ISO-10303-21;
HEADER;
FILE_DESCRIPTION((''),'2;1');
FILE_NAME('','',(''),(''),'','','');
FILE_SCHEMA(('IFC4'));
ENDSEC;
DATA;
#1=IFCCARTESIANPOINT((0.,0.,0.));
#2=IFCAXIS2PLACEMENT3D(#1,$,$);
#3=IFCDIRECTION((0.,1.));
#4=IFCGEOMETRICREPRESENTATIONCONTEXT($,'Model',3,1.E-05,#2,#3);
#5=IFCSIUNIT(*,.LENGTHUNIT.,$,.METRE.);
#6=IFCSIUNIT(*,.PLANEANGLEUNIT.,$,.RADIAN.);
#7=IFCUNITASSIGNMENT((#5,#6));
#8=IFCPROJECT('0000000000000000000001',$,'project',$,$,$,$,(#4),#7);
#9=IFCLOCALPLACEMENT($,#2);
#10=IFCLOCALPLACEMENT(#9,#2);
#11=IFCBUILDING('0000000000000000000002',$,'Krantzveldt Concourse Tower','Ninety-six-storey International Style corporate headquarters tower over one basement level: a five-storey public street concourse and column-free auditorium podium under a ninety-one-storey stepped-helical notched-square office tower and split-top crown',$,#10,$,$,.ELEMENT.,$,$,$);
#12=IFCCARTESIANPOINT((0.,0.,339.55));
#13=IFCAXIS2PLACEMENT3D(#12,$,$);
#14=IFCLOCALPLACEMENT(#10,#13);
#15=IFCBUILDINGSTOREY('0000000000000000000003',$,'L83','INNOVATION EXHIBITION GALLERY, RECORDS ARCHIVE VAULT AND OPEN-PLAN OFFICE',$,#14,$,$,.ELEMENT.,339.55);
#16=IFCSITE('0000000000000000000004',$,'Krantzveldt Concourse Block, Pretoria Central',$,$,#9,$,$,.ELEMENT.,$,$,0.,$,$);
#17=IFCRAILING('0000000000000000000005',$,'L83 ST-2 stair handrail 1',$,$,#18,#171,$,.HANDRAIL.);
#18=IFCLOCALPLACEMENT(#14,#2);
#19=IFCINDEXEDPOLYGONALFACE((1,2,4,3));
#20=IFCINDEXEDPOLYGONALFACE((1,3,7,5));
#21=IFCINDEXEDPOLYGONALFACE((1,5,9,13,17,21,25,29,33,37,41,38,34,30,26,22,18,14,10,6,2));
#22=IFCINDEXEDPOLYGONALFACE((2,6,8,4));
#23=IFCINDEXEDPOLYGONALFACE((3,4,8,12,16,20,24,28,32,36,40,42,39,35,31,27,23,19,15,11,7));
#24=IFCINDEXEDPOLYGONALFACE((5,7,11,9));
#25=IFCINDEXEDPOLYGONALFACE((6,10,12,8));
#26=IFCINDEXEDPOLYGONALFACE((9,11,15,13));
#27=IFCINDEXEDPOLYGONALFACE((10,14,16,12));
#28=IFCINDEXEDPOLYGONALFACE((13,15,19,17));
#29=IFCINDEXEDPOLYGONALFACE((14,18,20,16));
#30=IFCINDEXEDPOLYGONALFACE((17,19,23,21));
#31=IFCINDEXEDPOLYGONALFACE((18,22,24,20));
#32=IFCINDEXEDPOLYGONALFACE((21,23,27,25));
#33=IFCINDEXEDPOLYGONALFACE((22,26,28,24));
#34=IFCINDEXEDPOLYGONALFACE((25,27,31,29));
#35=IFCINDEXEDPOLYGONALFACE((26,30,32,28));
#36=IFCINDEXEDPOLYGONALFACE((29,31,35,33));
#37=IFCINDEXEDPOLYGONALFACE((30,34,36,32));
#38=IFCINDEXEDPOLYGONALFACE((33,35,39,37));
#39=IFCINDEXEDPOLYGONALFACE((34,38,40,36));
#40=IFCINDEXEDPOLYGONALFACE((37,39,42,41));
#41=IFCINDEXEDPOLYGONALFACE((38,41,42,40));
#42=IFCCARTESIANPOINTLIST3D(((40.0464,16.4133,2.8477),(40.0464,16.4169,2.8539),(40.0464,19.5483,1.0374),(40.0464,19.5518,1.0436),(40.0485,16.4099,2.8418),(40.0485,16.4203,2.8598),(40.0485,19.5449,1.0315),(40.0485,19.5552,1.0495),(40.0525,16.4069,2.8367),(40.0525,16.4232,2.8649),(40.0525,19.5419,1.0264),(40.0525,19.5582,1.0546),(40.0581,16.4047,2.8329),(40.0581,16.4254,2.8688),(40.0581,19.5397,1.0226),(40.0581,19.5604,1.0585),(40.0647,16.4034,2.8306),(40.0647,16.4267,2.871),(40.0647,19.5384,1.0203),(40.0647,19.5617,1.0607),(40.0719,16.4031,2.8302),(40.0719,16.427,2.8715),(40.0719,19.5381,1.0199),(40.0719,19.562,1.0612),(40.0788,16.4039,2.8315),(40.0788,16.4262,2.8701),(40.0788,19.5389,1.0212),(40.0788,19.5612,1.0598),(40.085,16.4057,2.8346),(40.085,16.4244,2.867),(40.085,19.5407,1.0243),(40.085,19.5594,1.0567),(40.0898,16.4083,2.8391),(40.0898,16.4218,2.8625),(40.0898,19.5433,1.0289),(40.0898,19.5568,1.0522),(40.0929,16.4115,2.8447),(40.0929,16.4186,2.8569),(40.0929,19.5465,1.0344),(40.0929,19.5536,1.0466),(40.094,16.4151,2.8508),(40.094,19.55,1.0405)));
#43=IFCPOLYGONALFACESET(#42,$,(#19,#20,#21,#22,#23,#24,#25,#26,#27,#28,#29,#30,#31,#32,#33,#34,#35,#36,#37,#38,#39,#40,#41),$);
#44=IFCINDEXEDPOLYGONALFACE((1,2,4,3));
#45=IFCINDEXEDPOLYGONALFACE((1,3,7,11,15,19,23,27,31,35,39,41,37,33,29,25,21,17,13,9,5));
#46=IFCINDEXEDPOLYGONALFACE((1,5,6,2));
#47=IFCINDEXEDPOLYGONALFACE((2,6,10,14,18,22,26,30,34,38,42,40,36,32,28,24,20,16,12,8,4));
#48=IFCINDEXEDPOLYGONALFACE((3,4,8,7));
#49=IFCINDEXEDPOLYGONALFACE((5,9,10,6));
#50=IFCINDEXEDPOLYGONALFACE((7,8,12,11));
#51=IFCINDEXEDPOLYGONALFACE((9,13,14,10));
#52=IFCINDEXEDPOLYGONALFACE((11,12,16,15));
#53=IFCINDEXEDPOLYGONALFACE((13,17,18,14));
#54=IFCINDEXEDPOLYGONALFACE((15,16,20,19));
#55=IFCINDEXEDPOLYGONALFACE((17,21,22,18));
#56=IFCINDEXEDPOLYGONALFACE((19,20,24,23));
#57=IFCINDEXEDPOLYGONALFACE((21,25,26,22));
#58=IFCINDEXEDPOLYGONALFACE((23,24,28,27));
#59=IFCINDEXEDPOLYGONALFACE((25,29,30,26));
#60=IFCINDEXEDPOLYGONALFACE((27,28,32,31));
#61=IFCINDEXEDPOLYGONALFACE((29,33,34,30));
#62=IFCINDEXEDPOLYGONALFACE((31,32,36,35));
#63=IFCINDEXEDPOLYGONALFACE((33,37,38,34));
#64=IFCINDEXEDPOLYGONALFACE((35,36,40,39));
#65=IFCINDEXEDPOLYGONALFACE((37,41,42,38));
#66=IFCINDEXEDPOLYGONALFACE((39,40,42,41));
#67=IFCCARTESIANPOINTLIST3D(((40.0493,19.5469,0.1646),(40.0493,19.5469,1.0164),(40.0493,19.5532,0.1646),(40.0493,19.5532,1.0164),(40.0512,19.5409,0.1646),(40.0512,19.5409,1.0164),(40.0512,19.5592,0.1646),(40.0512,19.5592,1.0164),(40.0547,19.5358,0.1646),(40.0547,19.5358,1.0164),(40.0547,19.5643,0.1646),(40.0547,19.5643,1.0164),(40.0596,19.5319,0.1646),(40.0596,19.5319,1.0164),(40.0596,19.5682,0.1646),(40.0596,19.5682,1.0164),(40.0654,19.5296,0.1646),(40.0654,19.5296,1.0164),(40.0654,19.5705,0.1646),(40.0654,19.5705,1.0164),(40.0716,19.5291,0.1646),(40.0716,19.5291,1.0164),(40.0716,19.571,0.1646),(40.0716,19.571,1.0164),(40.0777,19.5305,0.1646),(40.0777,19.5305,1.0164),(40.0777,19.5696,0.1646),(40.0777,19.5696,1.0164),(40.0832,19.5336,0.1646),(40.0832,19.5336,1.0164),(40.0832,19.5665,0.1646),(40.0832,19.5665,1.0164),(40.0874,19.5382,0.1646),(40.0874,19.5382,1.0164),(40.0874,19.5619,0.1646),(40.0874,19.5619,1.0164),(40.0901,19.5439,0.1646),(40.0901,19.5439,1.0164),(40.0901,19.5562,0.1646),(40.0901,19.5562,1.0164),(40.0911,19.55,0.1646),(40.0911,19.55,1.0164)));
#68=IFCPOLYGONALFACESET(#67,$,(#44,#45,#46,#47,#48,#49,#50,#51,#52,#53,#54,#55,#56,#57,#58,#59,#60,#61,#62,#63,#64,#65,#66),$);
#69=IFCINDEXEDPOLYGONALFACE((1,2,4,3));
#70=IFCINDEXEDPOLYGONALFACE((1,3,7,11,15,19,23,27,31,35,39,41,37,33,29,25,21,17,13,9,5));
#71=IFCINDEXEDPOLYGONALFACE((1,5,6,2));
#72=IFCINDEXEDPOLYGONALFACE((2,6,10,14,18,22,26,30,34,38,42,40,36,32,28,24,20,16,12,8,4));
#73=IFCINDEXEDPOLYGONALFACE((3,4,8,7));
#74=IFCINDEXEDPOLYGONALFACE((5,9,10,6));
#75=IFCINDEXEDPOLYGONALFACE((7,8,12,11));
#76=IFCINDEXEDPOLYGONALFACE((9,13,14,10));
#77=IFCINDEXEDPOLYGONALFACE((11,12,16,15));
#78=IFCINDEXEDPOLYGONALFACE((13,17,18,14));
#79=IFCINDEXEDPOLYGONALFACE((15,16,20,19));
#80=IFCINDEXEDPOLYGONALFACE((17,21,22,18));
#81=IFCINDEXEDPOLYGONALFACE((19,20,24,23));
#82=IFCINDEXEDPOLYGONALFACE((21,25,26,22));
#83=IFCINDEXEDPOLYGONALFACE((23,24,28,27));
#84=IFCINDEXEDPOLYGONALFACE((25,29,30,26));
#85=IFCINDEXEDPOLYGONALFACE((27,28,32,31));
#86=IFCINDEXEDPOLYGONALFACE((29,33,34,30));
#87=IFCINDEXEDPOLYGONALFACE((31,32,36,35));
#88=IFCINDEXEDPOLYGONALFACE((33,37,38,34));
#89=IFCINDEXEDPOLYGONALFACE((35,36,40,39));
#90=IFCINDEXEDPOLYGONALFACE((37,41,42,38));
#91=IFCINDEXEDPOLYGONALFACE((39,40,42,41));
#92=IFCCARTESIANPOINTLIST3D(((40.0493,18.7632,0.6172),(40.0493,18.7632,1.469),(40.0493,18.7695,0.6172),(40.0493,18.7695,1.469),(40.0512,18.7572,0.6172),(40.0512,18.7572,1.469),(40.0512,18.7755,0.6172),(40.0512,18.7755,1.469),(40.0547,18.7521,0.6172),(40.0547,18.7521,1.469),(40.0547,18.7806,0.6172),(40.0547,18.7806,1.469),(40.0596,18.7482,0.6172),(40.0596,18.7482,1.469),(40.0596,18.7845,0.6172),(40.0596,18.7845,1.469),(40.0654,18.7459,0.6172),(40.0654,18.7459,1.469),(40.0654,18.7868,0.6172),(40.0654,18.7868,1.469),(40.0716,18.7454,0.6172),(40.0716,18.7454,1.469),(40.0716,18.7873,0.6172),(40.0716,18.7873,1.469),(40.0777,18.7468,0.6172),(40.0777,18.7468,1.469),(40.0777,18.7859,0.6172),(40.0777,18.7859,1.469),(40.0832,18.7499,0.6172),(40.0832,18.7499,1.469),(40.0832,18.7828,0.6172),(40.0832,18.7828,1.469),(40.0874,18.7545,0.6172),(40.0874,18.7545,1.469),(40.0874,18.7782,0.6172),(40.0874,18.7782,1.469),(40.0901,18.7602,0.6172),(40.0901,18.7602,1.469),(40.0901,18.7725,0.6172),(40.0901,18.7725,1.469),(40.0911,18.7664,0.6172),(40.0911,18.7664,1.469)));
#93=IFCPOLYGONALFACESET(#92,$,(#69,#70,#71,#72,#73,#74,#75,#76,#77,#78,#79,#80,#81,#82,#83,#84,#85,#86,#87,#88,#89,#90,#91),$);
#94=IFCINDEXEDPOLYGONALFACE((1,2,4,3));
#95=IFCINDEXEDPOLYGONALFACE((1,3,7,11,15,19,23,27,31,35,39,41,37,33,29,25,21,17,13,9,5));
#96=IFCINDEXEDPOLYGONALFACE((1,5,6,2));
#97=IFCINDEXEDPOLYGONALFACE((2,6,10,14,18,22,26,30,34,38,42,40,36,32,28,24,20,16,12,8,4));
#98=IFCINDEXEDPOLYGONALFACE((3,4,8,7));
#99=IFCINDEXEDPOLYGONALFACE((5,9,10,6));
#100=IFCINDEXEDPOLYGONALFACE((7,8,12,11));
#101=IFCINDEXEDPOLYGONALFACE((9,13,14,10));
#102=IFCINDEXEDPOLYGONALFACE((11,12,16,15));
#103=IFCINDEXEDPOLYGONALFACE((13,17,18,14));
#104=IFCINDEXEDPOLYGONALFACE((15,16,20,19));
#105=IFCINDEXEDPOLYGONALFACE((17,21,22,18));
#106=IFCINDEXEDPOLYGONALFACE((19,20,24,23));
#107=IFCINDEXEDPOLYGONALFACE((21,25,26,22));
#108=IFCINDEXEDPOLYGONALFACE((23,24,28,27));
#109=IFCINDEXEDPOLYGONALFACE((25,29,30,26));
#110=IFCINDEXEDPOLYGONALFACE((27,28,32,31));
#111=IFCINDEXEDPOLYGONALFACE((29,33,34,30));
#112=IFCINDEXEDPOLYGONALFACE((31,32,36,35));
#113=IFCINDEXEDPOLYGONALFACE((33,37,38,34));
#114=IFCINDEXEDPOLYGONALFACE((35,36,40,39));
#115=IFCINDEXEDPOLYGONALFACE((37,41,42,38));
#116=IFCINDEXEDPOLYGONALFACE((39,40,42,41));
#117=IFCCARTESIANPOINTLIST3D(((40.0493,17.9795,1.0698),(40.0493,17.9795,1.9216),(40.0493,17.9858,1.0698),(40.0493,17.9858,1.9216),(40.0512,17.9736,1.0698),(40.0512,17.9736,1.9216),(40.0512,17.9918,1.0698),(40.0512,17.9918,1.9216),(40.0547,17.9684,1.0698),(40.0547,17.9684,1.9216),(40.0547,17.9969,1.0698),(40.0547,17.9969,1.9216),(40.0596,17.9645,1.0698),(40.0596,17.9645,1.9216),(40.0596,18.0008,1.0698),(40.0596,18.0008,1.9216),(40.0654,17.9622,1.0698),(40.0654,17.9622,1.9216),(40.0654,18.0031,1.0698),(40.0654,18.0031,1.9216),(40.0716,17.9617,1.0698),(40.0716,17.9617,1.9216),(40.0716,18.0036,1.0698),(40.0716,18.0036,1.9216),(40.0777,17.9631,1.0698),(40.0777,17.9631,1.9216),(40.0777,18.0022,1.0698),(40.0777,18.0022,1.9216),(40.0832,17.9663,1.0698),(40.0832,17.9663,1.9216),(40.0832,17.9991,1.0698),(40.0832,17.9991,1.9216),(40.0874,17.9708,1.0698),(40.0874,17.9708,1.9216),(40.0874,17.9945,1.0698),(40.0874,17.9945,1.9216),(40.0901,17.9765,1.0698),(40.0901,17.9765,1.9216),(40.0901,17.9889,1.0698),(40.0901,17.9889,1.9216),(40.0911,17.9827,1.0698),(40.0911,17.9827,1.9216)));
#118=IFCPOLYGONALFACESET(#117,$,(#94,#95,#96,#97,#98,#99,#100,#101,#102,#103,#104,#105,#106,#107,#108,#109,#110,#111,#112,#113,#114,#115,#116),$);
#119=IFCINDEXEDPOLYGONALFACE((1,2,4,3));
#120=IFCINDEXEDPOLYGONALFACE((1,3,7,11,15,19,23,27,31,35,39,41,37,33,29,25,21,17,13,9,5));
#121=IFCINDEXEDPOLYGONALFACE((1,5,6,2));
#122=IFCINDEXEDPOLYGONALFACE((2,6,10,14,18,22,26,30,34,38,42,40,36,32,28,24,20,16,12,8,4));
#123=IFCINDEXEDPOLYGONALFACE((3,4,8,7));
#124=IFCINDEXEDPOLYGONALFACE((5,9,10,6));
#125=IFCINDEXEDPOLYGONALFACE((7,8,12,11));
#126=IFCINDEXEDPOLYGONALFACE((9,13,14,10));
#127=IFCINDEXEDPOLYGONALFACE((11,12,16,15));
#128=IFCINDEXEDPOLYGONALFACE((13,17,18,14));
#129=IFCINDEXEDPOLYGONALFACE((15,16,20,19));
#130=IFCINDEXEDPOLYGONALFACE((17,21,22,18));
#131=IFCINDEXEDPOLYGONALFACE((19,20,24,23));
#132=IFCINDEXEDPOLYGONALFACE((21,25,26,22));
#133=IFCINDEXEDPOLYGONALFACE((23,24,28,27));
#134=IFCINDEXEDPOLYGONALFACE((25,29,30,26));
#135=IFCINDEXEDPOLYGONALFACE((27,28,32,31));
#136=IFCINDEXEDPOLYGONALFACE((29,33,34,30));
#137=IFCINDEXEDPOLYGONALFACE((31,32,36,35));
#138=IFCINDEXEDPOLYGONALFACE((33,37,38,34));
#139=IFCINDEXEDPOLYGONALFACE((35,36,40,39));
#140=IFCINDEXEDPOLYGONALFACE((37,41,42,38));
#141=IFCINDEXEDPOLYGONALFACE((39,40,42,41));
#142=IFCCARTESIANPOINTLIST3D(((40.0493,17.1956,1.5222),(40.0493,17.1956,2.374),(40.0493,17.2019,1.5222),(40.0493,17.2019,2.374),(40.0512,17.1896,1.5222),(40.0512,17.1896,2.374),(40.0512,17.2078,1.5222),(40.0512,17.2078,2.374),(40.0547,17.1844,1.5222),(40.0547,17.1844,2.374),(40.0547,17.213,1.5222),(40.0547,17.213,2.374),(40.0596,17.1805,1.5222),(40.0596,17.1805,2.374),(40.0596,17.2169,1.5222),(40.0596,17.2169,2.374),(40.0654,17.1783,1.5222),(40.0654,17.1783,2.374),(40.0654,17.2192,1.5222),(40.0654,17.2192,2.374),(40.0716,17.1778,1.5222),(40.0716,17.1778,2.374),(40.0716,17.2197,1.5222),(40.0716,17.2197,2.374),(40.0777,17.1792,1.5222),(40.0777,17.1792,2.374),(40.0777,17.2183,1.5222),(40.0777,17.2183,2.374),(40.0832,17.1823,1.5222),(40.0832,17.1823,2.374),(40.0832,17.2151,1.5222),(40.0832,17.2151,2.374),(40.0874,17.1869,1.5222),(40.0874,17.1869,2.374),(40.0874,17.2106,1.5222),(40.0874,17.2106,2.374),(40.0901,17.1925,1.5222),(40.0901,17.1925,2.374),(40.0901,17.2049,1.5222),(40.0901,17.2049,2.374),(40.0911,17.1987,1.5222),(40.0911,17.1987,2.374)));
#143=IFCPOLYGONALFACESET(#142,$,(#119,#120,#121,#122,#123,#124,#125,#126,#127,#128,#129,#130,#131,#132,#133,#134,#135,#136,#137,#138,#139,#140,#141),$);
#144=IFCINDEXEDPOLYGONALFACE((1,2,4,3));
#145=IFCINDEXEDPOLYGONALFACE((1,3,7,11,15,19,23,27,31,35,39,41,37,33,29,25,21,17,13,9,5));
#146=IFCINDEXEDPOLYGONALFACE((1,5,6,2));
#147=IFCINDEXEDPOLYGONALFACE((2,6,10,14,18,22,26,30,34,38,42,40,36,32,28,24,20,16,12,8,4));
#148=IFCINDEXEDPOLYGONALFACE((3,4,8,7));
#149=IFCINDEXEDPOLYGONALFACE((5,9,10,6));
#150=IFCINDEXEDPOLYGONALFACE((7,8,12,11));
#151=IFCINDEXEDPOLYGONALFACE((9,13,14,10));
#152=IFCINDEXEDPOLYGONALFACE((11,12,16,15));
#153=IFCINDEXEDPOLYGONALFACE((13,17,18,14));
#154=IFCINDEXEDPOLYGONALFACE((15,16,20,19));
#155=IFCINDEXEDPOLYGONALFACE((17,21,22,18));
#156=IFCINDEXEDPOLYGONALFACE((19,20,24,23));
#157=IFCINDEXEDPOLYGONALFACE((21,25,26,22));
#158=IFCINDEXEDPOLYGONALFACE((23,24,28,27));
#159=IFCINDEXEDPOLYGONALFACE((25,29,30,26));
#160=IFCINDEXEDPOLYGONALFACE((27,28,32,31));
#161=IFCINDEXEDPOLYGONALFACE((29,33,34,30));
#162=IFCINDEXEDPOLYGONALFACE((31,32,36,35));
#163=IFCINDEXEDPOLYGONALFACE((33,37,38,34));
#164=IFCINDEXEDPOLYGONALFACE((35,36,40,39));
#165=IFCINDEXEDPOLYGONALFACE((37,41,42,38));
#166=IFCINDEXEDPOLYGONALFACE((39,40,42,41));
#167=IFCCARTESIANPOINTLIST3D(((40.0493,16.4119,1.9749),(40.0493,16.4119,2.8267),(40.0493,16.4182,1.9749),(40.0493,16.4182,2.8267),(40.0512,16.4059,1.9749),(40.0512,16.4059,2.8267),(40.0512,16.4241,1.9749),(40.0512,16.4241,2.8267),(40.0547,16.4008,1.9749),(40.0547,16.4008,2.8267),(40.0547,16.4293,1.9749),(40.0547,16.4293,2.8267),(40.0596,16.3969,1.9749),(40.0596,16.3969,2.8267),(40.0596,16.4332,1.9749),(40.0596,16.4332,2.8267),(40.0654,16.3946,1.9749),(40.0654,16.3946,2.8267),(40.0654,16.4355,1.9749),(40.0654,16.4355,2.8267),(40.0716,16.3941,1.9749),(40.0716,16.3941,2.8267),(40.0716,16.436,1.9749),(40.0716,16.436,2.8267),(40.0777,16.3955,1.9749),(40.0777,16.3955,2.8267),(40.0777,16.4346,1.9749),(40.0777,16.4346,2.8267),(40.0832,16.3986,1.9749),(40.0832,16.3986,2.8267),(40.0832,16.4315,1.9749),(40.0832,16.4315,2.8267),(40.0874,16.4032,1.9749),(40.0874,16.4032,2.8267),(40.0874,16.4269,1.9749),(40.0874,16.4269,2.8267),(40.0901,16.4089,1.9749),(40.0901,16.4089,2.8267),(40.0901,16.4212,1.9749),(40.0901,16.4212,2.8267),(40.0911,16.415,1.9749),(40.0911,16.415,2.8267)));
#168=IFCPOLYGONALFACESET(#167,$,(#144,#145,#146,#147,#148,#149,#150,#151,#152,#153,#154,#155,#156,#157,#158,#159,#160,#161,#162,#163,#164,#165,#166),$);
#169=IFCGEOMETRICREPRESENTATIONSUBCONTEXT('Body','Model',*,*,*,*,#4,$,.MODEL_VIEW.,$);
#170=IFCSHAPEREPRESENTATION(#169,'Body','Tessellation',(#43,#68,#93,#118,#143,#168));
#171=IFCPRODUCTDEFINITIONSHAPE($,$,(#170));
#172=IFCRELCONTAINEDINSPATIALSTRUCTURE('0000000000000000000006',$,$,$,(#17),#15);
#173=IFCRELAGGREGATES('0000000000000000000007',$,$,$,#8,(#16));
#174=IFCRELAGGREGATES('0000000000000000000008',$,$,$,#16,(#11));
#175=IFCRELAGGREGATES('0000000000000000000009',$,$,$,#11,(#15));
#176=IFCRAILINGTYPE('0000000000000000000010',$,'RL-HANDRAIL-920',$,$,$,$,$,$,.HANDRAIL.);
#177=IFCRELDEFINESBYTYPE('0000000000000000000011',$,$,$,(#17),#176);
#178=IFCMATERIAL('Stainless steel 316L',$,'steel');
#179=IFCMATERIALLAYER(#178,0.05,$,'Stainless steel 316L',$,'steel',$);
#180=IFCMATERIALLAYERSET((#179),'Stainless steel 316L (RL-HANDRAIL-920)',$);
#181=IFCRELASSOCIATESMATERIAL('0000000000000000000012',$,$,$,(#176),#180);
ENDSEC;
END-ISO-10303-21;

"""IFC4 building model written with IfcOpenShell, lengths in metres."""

from ifc_helpers import new_model, si_unit, direction, frame, origin, origin_2d, place, context, subcontext, project, spatial, circle, extrude, material, layer, layer_set, type_object, element, save


model = new_model("IFC4")

# Units and contexts
model_context = context("Model", 3, precision=1e-05, world=origin(), true_north=direction((0.0, 1.0)))
body_context = subcontext(model_context, "Body", "Model", "MODEL_VIEW")
ifc_project = project(units=[si_unit("LENGTHUNIT", "METRE"), si_unit("PLANEANGLEUNIT", "RADIAN")], contexts=[model_context])

# Site, building, storey
site_placement = place(None, origin())
site = spatial("IfcSite", under=ifc_project, at=site_placement, Name="Krantzveldt Concourse Block, Pretoria Central", CompositionType="ELEMENT", RefElevation=0.0)
building_placement = place(site_placement, origin())
building = spatial("IfcBuilding", under=site, at=building_placement, Name="Krantzveldt Concourse Tower", Description="Ninety-six-storey International Style corporate headquarters tower over one basement level: a five-storey public street concourse and column-free auditorium podium under a ninety-one-storey stepped-helical notched-square office tower and split-top crown", CompositionType="ELEMENT")
storey_placement = place(building_placement, frame((0.0, 0.0, 339.55)))
storey = spatial("IfcBuildingStorey", under=building, at=storey_placement, Name="L83", Description="INNOVATION EXHIBITION GALLERY, RECORDS ARCHIVE VAULT AND OPEN-PLAN OFFICE", CompositionType="ELEMENT", Elevation=339.55)

# Shared definitions
ifc_material_1 = material(Name="Stainless steel 316L", Category="steel")

# Railing
ifc_layer_1 = layer(ifc_material_1, 0.05, Name="Stainless steel 316L", Category="steel")
ifc_layer_set_1 = layer_set([ifc_layer_1], Name="Stainless steel 316L (RL-HANDRAIL-920)")
railing_type_1 = type_object("IfcRailingType", Name="RL-HANDRAIL-920", PredefinedType="HANDRAIL", material=ifc_layer_set_1)
railing_1_placement = place(storey_placement, frame((40.0701, 19.55, 0.1646)))
element("IfcRailing", 1, at=railing_1_placement, inside=storey, type_object=railing_type_1, Name="L83 ST-2 stair handrail 1", PredefinedType="HANDRAIL", context=body_context, shape_type="SweptSolid", body=[
    extrude(circle(Radius=0.0239, at=origin_2d()), frame((0.0, 0.0, 0.876), z_axis=(0.0, -0.865989, 0.500063), x_axis=(1.0, 0.0, 0.0)), (0.0, 0.0, 1.0), 3.6201),
    extrude(circle(Radius=0.021, at=origin_2d()), origin(), (0.0, 0.0, 1.0), 0.8518),
    extrude(circle(Radius=0.021, at=origin_2d()), frame((0.0, -0.7837, 0.4526)), (0.0, 0.0, 1.0), 0.8518),
    extrude(circle(Radius=0.021, at=origin_2d()), frame((0.0, -1.5674, 0.9053)), (0.0, 0.0, 1.0), 0.8518),
    extrude(circle(Radius=0.021, at=origin_2d()), frame((0.0, -2.3513, 1.3577)), (0.0, 0.0, 1.0), 0.8518),
    extrude(circle(Radius=0.021, at=origin_2d()), frame((0.0, -3.135, 1.8103)), (0.0, 0.0, 1.0), 0.8518),
])

save(model, "model.ifc")
